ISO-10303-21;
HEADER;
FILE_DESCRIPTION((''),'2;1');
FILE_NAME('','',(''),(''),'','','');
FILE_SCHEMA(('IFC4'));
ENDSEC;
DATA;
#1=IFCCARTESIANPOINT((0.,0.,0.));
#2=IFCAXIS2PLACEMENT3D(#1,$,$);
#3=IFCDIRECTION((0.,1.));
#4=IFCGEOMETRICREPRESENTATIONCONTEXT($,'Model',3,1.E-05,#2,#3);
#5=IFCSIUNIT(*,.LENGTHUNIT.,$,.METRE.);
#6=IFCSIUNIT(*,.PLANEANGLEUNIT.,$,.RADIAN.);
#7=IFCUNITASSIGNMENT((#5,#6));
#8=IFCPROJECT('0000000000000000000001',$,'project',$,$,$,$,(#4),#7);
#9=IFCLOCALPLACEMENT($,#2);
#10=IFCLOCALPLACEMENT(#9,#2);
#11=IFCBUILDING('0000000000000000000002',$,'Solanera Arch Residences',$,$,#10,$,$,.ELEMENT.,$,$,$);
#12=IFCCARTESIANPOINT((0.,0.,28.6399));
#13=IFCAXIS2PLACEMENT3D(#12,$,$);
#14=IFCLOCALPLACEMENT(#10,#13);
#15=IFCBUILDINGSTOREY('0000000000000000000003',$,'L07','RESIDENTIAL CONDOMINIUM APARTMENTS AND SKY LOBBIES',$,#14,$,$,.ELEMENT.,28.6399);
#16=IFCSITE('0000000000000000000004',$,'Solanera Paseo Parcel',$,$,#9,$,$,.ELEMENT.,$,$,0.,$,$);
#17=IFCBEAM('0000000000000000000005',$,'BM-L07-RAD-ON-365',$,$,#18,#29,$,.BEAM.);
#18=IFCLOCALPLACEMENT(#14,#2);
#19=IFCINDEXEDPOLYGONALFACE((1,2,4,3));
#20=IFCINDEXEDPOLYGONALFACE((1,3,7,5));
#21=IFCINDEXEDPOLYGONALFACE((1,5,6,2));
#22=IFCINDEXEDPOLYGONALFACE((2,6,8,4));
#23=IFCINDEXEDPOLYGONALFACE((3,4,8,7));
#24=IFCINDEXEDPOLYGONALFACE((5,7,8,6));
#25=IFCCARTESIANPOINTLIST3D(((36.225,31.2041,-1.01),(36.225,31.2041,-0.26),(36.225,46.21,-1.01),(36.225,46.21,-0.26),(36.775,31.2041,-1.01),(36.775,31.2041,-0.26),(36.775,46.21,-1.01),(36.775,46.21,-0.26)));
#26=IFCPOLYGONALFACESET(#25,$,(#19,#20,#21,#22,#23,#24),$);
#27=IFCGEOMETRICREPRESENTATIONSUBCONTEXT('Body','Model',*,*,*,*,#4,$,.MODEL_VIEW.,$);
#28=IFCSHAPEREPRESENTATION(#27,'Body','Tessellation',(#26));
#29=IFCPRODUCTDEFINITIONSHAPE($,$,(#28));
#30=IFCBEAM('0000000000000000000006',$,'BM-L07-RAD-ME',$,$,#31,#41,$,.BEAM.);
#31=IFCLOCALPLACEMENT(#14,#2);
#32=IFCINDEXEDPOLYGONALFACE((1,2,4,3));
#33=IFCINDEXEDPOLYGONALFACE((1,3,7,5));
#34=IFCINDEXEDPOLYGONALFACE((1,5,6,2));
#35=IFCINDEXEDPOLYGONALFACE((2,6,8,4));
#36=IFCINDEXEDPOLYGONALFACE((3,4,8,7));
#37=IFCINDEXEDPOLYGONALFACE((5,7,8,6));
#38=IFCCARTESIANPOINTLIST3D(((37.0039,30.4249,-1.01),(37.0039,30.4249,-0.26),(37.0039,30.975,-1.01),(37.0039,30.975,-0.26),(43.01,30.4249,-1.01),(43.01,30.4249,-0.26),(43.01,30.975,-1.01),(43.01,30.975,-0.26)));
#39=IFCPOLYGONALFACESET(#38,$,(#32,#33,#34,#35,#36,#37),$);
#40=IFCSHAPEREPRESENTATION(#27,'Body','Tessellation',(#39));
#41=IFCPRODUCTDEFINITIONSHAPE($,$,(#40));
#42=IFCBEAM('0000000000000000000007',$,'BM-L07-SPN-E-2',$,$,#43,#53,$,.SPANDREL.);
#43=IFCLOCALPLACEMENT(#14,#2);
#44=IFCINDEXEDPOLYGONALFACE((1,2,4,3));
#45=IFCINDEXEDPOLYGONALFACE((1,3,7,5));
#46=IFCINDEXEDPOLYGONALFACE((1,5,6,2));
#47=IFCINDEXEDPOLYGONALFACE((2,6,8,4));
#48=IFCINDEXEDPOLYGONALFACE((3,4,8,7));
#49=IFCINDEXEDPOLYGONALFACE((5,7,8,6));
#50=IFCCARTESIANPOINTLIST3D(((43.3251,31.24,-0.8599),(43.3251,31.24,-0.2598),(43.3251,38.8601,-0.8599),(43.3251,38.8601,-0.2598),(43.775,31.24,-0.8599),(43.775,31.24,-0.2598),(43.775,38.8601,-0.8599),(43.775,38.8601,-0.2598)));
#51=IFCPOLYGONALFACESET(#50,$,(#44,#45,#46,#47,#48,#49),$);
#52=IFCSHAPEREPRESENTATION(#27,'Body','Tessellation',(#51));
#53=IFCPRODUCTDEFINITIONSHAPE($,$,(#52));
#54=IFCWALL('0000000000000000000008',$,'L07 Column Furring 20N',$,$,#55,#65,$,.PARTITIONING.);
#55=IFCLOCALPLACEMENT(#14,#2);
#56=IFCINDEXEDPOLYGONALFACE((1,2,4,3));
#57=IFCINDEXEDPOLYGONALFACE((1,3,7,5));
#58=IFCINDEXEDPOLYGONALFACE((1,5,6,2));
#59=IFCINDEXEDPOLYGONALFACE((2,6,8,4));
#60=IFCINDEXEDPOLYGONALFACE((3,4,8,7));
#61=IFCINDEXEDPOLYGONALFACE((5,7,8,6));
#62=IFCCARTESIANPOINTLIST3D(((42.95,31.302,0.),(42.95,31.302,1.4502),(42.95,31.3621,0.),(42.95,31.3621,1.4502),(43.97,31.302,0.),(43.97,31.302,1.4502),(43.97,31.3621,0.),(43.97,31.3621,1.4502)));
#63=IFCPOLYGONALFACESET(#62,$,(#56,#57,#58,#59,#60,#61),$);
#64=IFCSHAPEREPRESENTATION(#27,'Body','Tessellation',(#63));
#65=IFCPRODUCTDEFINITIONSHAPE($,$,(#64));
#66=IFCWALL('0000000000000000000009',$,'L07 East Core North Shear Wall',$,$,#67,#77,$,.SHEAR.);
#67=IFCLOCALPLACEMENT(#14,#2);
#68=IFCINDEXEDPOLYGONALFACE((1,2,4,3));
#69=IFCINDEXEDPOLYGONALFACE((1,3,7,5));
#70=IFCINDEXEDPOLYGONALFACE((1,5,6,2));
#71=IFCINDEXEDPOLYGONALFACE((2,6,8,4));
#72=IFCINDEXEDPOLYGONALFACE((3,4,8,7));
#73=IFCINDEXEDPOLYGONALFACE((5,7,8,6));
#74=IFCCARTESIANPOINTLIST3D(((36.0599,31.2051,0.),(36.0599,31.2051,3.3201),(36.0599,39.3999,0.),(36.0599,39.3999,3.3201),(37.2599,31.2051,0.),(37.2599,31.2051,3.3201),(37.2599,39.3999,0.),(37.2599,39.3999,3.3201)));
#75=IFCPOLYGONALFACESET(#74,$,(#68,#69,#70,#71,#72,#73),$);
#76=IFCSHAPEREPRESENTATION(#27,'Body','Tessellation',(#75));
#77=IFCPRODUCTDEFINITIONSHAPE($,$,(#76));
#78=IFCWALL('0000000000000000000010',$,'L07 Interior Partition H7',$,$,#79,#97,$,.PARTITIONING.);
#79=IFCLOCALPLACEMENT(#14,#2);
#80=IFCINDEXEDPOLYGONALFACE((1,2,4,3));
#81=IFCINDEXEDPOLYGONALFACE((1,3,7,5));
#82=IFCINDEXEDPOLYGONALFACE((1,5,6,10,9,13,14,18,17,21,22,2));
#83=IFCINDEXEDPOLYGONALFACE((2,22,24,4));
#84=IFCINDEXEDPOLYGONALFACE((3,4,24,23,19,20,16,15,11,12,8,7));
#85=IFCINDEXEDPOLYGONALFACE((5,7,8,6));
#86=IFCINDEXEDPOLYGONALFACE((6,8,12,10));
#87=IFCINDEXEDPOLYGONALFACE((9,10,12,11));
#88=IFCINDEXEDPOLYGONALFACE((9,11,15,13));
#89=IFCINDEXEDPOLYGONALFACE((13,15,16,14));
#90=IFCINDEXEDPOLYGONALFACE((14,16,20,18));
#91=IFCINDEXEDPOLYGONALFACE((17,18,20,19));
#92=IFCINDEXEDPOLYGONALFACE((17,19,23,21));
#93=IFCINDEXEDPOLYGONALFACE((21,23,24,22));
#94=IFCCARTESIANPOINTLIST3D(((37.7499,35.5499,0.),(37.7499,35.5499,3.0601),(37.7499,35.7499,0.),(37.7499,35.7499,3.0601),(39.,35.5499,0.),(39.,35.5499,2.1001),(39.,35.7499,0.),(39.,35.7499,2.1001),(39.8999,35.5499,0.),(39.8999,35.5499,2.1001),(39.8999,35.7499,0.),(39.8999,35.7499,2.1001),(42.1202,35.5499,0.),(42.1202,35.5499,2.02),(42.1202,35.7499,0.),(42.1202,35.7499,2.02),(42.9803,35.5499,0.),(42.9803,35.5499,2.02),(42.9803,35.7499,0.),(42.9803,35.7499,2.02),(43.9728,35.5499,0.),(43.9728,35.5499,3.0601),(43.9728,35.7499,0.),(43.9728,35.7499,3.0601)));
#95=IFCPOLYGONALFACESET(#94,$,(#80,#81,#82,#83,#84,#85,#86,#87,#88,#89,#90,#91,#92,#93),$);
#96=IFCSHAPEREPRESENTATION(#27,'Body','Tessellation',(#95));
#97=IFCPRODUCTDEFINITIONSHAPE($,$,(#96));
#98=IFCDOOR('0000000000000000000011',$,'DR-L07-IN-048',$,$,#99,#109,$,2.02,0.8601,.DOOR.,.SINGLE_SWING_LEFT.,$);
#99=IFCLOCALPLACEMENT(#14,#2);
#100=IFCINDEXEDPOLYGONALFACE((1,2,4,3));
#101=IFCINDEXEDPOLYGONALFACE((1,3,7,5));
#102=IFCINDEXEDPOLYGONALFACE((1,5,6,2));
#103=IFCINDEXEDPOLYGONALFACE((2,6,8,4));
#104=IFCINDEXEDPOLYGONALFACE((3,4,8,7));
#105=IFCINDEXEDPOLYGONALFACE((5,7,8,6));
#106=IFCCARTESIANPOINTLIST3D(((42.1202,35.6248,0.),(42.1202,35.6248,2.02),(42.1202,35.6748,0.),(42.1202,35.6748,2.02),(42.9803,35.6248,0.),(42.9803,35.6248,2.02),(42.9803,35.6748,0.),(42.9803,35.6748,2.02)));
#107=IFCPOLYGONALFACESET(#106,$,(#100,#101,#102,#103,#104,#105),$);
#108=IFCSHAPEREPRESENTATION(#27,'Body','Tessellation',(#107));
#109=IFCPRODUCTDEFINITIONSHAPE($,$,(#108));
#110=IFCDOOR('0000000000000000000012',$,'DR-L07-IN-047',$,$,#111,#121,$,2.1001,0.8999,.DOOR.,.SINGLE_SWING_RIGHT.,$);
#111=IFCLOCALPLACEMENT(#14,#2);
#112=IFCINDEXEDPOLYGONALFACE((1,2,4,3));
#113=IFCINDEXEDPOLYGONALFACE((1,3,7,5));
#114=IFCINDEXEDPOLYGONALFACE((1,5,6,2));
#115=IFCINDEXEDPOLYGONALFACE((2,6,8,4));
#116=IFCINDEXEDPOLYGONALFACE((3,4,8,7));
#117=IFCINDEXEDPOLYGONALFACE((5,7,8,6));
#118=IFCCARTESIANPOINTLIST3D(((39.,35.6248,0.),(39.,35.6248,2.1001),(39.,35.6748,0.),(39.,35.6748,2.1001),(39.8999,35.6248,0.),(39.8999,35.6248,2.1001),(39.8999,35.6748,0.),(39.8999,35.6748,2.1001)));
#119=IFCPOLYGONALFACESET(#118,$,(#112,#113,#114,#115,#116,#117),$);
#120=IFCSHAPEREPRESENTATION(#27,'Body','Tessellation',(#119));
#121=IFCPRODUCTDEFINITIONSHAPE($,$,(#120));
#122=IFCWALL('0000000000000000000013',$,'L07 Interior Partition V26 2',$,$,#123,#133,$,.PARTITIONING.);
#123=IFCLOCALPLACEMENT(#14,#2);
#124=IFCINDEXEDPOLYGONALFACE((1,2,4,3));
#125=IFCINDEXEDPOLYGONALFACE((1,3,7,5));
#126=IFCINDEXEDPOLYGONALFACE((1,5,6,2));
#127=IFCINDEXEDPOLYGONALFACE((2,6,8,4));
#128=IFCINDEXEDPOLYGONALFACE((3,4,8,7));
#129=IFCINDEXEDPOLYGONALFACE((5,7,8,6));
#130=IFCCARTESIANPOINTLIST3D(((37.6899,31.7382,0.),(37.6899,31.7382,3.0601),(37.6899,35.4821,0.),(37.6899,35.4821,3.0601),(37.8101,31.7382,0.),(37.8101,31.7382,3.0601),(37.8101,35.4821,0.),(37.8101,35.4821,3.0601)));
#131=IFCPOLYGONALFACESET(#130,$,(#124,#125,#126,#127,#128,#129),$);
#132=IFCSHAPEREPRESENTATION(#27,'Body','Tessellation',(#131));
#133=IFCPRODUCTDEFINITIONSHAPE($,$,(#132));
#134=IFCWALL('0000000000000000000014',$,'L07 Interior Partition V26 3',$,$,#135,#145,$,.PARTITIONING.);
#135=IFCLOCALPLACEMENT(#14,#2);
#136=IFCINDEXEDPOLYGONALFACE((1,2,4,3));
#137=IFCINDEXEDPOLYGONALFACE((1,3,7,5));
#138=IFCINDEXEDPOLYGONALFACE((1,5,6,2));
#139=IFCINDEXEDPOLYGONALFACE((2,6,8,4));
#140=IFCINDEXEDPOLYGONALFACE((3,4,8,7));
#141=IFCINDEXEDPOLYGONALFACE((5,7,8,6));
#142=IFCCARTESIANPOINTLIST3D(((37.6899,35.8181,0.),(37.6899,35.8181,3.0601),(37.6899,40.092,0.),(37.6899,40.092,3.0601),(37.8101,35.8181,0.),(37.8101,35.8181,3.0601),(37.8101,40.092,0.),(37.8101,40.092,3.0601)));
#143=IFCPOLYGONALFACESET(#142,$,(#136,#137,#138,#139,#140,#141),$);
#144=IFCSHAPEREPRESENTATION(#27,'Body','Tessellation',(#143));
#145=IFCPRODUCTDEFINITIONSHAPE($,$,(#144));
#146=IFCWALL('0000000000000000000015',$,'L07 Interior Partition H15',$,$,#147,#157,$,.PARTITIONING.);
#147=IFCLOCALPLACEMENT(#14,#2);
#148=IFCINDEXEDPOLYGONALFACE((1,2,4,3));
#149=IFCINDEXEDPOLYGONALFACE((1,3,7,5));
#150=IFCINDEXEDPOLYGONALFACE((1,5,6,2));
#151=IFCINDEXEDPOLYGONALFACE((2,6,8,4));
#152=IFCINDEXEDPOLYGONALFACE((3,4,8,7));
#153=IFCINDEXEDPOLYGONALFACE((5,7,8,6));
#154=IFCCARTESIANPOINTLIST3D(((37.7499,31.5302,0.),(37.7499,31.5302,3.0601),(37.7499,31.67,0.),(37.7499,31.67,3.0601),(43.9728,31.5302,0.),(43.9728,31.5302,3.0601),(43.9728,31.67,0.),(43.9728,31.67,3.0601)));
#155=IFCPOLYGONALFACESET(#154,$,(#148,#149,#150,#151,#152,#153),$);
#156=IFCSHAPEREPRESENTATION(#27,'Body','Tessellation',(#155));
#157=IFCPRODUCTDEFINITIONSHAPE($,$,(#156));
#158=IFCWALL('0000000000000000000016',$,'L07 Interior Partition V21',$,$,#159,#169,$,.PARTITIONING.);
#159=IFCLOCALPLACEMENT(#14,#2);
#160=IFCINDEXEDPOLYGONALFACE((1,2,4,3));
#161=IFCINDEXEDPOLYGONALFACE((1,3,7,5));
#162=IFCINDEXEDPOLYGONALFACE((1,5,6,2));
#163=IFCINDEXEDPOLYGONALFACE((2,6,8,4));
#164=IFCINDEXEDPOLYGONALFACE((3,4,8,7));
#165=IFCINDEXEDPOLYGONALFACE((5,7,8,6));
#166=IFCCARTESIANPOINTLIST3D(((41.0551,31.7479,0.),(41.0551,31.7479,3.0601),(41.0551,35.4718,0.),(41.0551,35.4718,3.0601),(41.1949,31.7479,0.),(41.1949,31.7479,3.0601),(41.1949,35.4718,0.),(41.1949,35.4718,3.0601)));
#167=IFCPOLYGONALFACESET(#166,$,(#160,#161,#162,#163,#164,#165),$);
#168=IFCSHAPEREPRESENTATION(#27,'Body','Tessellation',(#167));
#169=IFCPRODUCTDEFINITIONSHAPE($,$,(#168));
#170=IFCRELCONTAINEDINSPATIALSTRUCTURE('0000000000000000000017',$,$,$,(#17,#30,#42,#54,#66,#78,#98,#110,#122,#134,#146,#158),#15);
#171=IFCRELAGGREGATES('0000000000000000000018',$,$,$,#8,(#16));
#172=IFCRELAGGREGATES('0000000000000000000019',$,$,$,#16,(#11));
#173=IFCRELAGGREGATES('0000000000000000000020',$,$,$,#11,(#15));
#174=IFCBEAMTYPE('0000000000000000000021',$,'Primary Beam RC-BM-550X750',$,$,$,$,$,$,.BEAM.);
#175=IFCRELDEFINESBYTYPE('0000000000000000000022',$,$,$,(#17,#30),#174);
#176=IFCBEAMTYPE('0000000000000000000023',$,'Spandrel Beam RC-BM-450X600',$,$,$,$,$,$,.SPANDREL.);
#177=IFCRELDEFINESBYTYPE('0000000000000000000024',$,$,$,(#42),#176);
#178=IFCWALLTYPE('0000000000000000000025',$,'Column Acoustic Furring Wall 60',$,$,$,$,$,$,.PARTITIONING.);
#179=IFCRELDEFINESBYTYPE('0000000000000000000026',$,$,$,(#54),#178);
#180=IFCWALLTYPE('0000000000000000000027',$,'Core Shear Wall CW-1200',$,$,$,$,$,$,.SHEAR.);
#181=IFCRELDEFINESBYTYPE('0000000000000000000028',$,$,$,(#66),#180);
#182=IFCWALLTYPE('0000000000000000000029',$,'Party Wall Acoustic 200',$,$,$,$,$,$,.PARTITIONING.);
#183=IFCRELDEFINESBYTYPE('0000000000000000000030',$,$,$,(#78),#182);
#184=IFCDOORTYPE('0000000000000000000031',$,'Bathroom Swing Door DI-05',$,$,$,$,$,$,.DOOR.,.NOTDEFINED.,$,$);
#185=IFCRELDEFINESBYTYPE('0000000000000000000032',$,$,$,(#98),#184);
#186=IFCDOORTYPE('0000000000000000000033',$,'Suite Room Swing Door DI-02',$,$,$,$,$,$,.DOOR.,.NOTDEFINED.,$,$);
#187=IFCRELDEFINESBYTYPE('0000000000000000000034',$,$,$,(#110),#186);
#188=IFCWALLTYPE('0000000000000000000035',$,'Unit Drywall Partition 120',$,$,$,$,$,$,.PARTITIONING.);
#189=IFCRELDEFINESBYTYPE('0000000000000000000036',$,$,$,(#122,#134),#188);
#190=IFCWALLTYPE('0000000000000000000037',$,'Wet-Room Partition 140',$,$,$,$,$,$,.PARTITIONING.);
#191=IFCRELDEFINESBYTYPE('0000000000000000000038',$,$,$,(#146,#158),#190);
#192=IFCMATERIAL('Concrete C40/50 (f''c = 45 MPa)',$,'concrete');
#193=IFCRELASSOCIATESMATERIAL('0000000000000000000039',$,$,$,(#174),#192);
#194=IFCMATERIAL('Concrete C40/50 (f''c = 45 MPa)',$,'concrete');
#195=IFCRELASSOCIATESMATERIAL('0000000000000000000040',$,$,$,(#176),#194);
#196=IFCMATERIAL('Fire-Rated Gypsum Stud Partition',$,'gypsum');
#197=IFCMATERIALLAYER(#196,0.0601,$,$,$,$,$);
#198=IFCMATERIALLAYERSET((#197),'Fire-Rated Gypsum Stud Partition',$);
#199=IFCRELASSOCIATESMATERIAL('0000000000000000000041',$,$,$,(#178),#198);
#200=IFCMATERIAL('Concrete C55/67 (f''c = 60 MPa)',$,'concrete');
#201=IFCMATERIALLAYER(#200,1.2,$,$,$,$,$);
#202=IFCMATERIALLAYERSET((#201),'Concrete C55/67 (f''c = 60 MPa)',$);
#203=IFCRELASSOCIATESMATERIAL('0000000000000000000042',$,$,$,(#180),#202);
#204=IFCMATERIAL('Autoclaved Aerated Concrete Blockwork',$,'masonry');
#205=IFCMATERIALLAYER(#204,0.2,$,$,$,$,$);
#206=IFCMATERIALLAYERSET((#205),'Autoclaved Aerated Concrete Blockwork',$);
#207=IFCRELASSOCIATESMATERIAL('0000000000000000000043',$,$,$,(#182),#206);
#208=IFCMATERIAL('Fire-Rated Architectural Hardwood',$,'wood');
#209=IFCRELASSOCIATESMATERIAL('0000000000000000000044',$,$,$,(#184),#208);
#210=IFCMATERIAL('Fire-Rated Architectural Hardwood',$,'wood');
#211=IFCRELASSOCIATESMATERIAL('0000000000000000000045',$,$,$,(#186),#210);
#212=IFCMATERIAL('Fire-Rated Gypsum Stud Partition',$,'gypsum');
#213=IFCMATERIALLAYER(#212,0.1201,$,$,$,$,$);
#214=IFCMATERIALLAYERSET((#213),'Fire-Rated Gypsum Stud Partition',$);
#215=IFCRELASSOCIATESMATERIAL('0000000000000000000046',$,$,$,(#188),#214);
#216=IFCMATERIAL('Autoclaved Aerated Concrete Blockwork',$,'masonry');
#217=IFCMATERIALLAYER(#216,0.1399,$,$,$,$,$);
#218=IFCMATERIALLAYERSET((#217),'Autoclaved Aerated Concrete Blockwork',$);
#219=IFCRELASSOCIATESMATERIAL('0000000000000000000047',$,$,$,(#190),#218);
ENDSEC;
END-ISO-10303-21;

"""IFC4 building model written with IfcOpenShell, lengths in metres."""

from ifc_helpers import new_model, si_unit, direction, frame, frame_2d, origin, origin_2d, place, context, subcontext, project, spatial, rectangle, extrude, material, layer, layer_set, material_profile, profile_set, type_object, element, fill, save


model = new_model("IFC4")

# Units and contexts
model_context = context("Model", 3, precision=1e-05, world=origin(), true_north=direction((0.0, 1.0)))
body_context = subcontext(model_context, "Body", "Model", "MODEL_VIEW")
ifc_project = project(units=[si_unit("LENGTHUNIT", "METRE"), si_unit("PLANEANGLEUNIT", "RADIAN")], contexts=[model_context])

# Site, building, storey
site_placement = place(None, origin())
site = spatial("IfcSite", under=ifc_project, at=site_placement, Name="Solanera Paseo Parcel", CompositionType="ELEMENT", RefElevation=0.0)
building_placement = place(site_placement, origin())
building = spatial("IfcBuilding", under=site, at=building_placement, Name="Solanera Arch Residences", CompositionType="ELEMENT")
storey_placement = place(building_placement, frame((0.0, 0.0, 28.6399)))
storey = spatial("IfcBuildingStorey", under=building, at=storey_placement, Name="L07", Description="RESIDENTIAL CONDOMINIUM APARTMENTS AND SKY LOBBIES", CompositionType="ELEMENT", Elevation=28.6399)

# Beams
ifc_material_1 = material(Name="Concrete C40/50 (f'c = 45 MPa)", Category="concrete")
ifc_material_profile_1 = material_profile(ifc_material_1, rectangle(XDim=0.55, YDim=0.75, at=origin_2d()))
ifc_profile_set_1 = profile_set([ifc_material_profile_1], Name="Concrete C40/50 (f'c = 45 MPa)")
beam_type_1 = type_object("IfcBeamType", Name="Primary Beam RC-BM-550X750", PredefinedType="BEAM", material=ifc_profile_set_1)
beam_1_placement = place(storey_placement, frame((36.5, 31.2041, -0.635), z_axis=(0.0, 1.0, 0.0), x_axis=(-1.0, 0.0, 0.0)))
element("IfcBeam", 1, at=beam_1_placement, inside=storey, type_object=beam_type_1, Name="BM-L07-RAD-ON-365", PredefinedType="BEAM", context=body_context, shape_type="SweptSolid", body=[
    extrude(rectangle(XDim=0.55, YDim=0.75, at=origin_2d()), origin(), (0.0, 0.0, 1.0), 15.0059),
])
beam_2_placement = place(storey_placement, frame((37.0039, 30.7, -0.635), z_axis=(1.0, 0.0, 0.0), x_axis=(0.0, 1.0, 0.0)))
element("IfcBeam", 2, at=beam_2_placement, inside=storey, type_object=beam_type_1, Name="BM-L07-RAD-ME", PredefinedType="BEAM", context=body_context, shape_type="SweptSolid", body=[
    extrude(rectangle(XDim=0.55, YDim=0.75, at=origin_2d()), origin(), (0.0, 0.0, 1.0), 6.0061),
])
ifc_material_2 = material(Name="Concrete C40/50 (f'c = 45 MPa)", Category="concrete")
ifc_material_profile_2 = material_profile(ifc_material_2, rectangle(XDim=0.45, YDim=0.6001, at=origin_2d()))
ifc_profile_set_2 = profile_set([ifc_material_profile_2], Name="Concrete C40/50 (f'c = 45 MPa)")
beam_type_2 = type_object("IfcBeamType", Name="Spandrel Beam RC-BM-450X600", PredefinedType="SPANDREL", material=ifc_profile_set_2)
beam_3_placement = place(storey_placement, frame((43.55, 31.24, -0.5598), z_axis=(0.0, 1.0, 0.0), x_axis=(-1.0, 0.0, 0.0)))
element("IfcBeam", 3, at=beam_3_placement, inside=storey, type_object=beam_type_2, Name="BM-L07-SPN-E-2", PredefinedType="SPANDREL", context=body_context, shape_type="SweptSolid", body=[
    extrude(rectangle(XDim=0.45, YDim=0.6001, at=origin_2d()), origin(), (0.0, 0.0, 1.0), 7.6201),
])

# Walls
ifc_material_3 = material(Name="Fire-Rated Gypsum Stud Partition", Category="gypsum")
ifc_layer_1 = layer(ifc_material_3, 0.0601)
ifc_layer_set_1 = layer_set([ifc_layer_1], Name="Fire-Rated Gypsum Stud Partition")
wall_type_1 = type_object("IfcWallType", Name="Column Acoustic Furring Wall 60", PredefinedType="PARTITIONING", material=ifc_layer_set_1)
wall_1_placement = place(storey_placement, frame((42.95, 31.332, 0.0), z_axis=(0.0, 0.0, 1.0), x_axis=(1.0, 0.0, 0.0)))
element("IfcWall", 4, at=wall_1_placement, inside=storey, type_object=wall_type_1, Name="L07 Column Furring 20N", PredefinedType="PARTITIONING", context=body_context, shape_type="SweptSolid", body=[
    extrude(rectangle(XDim=1.02, YDim=0.0601, at=frame_2d((0.51, 0.0))), origin(), (0.0, 0.0, 1.0), 1.4502),
])
ifc_material_4 = material(Name="Concrete C55/67 (f'c = 60 MPa)", Category="concrete")
ifc_layer_2 = layer(ifc_material_4, 1.2)
ifc_layer_set_2 = layer_set([ifc_layer_2], Name="Concrete C55/67 (f'c = 60 MPa)")
wall_type_2 = type_object("IfcWallType", Name="Core Shear Wall CW-1200", PredefinedType="SHEAR", material=ifc_layer_set_2)
wall_2_placement = place(storey_placement, frame((36.6599, 31.2051, 0.0), z_axis=(0.0, 0.0, 1.0), x_axis=(0.0, 1.0, 0.0)))
element("IfcWall", 5, at=wall_2_placement, inside=storey, type_object=wall_type_2, Name="L07 East Core North Shear Wall", PredefinedType="SHEAR", context=body_context, shape_type="SweptSolid", body=[
    extrude(rectangle(XDim=8.1948, YDim=1.2, at=frame_2d((4.0974, 0.0))), origin(), (0.0, 0.0, 1.0), 3.3201),
])

# Wall, openings, doors
ifc_material_5 = material(Name="Autoclaved Aerated Concrete Blockwork", Category="masonry")
ifc_layer_3 = layer(ifc_material_5, 0.2)
ifc_layer_set_3 = layer_set([ifc_layer_3], Name="Autoclaved Aerated Concrete Blockwork")
wall_type_3 = type_object("IfcWallType", Name="Party Wall Acoustic 200", PredefinedType="PARTITIONING", material=ifc_layer_set_3)
wall_3_placement = place(storey_placement, frame((37.75, 35.6499, 0.0), z_axis=(0.0, 0.0, 1.0), x_axis=(1.0, 0.0, 0.0)))
wall_3 = element("IfcWall", 6, at=wall_3_placement, inside=storey, type_object=wall_type_3, Name="L07 Interior Partition H7", PredefinedType="PARTITIONING", context=body_context, shape_type="SweptSolid", body=[
    extrude(rectangle(XDim=6.2229, YDim=0.2, at=frame_2d((3.1113, 0.0))), origin(), (0.0, 0.0, 1.0), 3.0601),
])
opening_1_placement = place(wall_3_placement, frame((1.25, 0.0, 0.0)))
opening_1 = element("IfcOpeningElement", 7, at=opening_1_placement, cuts=wall_3, PredefinedType="OPENING", context=body_context, shape_type="SweptSolid", body=[
    extrude(rectangle(XDim=0.8999, YDim=2.1001, at=frame_2d((0.45, 1.05))), frame((0.0, 0.1101, 0.0), z_axis=(0.0, -1.0, 0.0), x_axis=(1.0, 0.0, 0.0)), (0.0, 0.0, 1.0), 0.22),
])
opening_2_placement = place(wall_3_placement, frame((4.3701, 0.0, 0.0)))
opening_2 = element("IfcOpeningElement", 8, at=opening_2_placement, cuts=wall_3, PredefinedType="OPENING", context=body_context, shape_type="SweptSolid", body=[
    extrude(rectangle(XDim=0.8601, YDim=2.02, at=frame_2d((0.4302, 1.01))), frame((0.0, 0.1101, 0.0), z_axis=(0.0, -1.0, 0.0), x_axis=(1.0, 0.0, 0.0)), (0.0, 0.0, 1.0), 0.22),
])
ifc_material_6 = material(Name="Fire-Rated Architectural Hardwood", Category="wood")
door_type_1 = type_object("IfcDoorType", Name="Bathroom Swing Door DI-05", OperationType="NOTDEFINED", PredefinedType="DOOR", material=ifc_material_6)
door_1_placement = place(opening_2_placement, origin())
door_1 = element("IfcDoor", 9, at=door_1_placement, inside=storey, type_object=door_type_1, Name="DR-L07-IN-048", OperationType="SINGLE_SWING_LEFT", OverallHeight=2.02, OverallWidth=0.8601, PredefinedType="DOOR", context=body_context, shape_type="SweptSolid", body=[
    extrude(rectangle(XDim=0.8601, YDim=2.02, at=frame_2d((0.4302, 1.01))), frame((0.0, 0.0249, 0.0), z_axis=(0.0, -1.0, 0.0), x_axis=(1.0, 0.0, 0.0)), (0.0, 0.0, 1.0), 0.05),
])
fill(opening_2, door_1)
ifc_material_7 = material(Name="Fire-Rated Architectural Hardwood", Category="wood")
door_type_2 = type_object("IfcDoorType", Name="Suite Room Swing Door DI-02", OperationType="NOTDEFINED", PredefinedType="DOOR", material=ifc_material_7)
door_2_placement = place(opening_1_placement, origin())
door_2 = element("IfcDoor", 10, at=door_2_placement, inside=storey, type_object=door_type_2, Name="DR-L07-IN-047", OperationType="SINGLE_SWING_RIGHT", OverallHeight=2.1001, OverallWidth=0.8999, PredefinedType="DOOR", context=body_context, shape_type="SweptSolid", body=[
    extrude(rectangle(XDim=0.8999, YDim=2.1001, at=frame_2d((0.45, 1.05))), frame((0.0, 0.0249, 0.0), z_axis=(0.0, -1.0, 0.0), x_axis=(1.0, 0.0, 0.0)), (0.0, 0.0, 1.0), 0.05),
])
fill(opening_1, door_2)

# Walls
ifc_material_8 = material(Name="Fire-Rated Gypsum Stud Partition", Category="gypsum")
ifc_layer_4 = layer(ifc_material_8, 0.1201)
ifc_layer_set_4 = layer_set([ifc_layer_4], Name="Fire-Rated Gypsum Stud Partition")
wall_type_4 = type_object("IfcWallType", Name="Unit Drywall Partition 120", PredefinedType="PARTITIONING", material=ifc_layer_set_4)
wall_4_placement = place(storey_placement, frame((37.75, 31.738, 0.0), z_axis=(0.0, 0.0, 1.0), x_axis=(0.0, 1.0, 0.0)))
element("IfcWall", 11, at=wall_4_placement, inside=storey, type_object=wall_type_4, Name="L07 Interior Partition V26 2", PredefinedType="PARTITIONING", context=body_context, shape_type="SweptSolid", body=[
    extrude(rectangle(XDim=3.7439, YDim=0.1201, at=frame_2d((1.8721, 0.0))), origin(), (0.0, 0.0, 1.0), 3.0601),
])
wall_5_placement = place(storey_placement, frame((37.75, 35.8181, 0.0), z_axis=(0.0, 0.0, 1.0), x_axis=(0.0, 1.0, 0.0)))
element("IfcWall", 12, at=wall_5_placement, inside=storey, type_object=wall_type_4, Name="L07 Interior Partition V26 3", PredefinedType="PARTITIONING", context=body_context, shape_type="SweptSolid", body=[
    extrude(rectangle(XDim=4.2739, YDim=0.1201, at=frame_2d((2.137, 0.0))), origin(), (0.0, 0.0, 1.0), 3.0601),
])
ifc_material_9 = material(Name="Autoclaved Aerated Concrete Blockwork", Category="masonry")
ifc_layer_5 = layer(ifc_material_9, 0.1399)
ifc_layer_set_5 = layer_set([ifc_layer_5], Name="Autoclaved Aerated Concrete Blockwork")
wall_type_5 = type_object("IfcWallType", Name="Wet-Room Partition 140", PredefinedType="PARTITIONING", material=ifc_layer_set_5)
wall_6_placement = place(storey_placement, frame((37.75, 31.6001, 0.0), z_axis=(0.0, 0.0, 1.0), x_axis=(1.0, 0.0, 0.0)))
element("IfcWall", 13, at=wall_6_placement, inside=storey, type_object=wall_type_5, Name="L07 Interior Partition H15", PredefinedType="PARTITIONING", context=body_context, shape_type="SweptSolid", body=[
    extrude(rectangle(XDim=6.2229, YDim=0.1399, at=frame_2d((3.1113, 0.0))), origin(), (0.0, 0.0, 1.0), 3.0601),
])
wall_7_placement = place(storey_placement, frame((41.125, 31.748, 0.0), z_axis=(0.0, 0.0, 1.0), x_axis=(0.0, 1.0, 0.0)))
element("IfcWall", 14, at=wall_7_placement, inside=storey, type_object=wall_type_5, Name="L07 Interior Partition V21", PredefinedType="PARTITIONING", context=body_context, shape_type="SweptSolid", body=[
    extrude(rectangle(XDim=3.7239, YDim=0.1399, at=frame_2d((1.8618, 0.0))), origin(), (0.0, 0.0, 1.0), 3.0601),
])

save(model, "model.ifc")
